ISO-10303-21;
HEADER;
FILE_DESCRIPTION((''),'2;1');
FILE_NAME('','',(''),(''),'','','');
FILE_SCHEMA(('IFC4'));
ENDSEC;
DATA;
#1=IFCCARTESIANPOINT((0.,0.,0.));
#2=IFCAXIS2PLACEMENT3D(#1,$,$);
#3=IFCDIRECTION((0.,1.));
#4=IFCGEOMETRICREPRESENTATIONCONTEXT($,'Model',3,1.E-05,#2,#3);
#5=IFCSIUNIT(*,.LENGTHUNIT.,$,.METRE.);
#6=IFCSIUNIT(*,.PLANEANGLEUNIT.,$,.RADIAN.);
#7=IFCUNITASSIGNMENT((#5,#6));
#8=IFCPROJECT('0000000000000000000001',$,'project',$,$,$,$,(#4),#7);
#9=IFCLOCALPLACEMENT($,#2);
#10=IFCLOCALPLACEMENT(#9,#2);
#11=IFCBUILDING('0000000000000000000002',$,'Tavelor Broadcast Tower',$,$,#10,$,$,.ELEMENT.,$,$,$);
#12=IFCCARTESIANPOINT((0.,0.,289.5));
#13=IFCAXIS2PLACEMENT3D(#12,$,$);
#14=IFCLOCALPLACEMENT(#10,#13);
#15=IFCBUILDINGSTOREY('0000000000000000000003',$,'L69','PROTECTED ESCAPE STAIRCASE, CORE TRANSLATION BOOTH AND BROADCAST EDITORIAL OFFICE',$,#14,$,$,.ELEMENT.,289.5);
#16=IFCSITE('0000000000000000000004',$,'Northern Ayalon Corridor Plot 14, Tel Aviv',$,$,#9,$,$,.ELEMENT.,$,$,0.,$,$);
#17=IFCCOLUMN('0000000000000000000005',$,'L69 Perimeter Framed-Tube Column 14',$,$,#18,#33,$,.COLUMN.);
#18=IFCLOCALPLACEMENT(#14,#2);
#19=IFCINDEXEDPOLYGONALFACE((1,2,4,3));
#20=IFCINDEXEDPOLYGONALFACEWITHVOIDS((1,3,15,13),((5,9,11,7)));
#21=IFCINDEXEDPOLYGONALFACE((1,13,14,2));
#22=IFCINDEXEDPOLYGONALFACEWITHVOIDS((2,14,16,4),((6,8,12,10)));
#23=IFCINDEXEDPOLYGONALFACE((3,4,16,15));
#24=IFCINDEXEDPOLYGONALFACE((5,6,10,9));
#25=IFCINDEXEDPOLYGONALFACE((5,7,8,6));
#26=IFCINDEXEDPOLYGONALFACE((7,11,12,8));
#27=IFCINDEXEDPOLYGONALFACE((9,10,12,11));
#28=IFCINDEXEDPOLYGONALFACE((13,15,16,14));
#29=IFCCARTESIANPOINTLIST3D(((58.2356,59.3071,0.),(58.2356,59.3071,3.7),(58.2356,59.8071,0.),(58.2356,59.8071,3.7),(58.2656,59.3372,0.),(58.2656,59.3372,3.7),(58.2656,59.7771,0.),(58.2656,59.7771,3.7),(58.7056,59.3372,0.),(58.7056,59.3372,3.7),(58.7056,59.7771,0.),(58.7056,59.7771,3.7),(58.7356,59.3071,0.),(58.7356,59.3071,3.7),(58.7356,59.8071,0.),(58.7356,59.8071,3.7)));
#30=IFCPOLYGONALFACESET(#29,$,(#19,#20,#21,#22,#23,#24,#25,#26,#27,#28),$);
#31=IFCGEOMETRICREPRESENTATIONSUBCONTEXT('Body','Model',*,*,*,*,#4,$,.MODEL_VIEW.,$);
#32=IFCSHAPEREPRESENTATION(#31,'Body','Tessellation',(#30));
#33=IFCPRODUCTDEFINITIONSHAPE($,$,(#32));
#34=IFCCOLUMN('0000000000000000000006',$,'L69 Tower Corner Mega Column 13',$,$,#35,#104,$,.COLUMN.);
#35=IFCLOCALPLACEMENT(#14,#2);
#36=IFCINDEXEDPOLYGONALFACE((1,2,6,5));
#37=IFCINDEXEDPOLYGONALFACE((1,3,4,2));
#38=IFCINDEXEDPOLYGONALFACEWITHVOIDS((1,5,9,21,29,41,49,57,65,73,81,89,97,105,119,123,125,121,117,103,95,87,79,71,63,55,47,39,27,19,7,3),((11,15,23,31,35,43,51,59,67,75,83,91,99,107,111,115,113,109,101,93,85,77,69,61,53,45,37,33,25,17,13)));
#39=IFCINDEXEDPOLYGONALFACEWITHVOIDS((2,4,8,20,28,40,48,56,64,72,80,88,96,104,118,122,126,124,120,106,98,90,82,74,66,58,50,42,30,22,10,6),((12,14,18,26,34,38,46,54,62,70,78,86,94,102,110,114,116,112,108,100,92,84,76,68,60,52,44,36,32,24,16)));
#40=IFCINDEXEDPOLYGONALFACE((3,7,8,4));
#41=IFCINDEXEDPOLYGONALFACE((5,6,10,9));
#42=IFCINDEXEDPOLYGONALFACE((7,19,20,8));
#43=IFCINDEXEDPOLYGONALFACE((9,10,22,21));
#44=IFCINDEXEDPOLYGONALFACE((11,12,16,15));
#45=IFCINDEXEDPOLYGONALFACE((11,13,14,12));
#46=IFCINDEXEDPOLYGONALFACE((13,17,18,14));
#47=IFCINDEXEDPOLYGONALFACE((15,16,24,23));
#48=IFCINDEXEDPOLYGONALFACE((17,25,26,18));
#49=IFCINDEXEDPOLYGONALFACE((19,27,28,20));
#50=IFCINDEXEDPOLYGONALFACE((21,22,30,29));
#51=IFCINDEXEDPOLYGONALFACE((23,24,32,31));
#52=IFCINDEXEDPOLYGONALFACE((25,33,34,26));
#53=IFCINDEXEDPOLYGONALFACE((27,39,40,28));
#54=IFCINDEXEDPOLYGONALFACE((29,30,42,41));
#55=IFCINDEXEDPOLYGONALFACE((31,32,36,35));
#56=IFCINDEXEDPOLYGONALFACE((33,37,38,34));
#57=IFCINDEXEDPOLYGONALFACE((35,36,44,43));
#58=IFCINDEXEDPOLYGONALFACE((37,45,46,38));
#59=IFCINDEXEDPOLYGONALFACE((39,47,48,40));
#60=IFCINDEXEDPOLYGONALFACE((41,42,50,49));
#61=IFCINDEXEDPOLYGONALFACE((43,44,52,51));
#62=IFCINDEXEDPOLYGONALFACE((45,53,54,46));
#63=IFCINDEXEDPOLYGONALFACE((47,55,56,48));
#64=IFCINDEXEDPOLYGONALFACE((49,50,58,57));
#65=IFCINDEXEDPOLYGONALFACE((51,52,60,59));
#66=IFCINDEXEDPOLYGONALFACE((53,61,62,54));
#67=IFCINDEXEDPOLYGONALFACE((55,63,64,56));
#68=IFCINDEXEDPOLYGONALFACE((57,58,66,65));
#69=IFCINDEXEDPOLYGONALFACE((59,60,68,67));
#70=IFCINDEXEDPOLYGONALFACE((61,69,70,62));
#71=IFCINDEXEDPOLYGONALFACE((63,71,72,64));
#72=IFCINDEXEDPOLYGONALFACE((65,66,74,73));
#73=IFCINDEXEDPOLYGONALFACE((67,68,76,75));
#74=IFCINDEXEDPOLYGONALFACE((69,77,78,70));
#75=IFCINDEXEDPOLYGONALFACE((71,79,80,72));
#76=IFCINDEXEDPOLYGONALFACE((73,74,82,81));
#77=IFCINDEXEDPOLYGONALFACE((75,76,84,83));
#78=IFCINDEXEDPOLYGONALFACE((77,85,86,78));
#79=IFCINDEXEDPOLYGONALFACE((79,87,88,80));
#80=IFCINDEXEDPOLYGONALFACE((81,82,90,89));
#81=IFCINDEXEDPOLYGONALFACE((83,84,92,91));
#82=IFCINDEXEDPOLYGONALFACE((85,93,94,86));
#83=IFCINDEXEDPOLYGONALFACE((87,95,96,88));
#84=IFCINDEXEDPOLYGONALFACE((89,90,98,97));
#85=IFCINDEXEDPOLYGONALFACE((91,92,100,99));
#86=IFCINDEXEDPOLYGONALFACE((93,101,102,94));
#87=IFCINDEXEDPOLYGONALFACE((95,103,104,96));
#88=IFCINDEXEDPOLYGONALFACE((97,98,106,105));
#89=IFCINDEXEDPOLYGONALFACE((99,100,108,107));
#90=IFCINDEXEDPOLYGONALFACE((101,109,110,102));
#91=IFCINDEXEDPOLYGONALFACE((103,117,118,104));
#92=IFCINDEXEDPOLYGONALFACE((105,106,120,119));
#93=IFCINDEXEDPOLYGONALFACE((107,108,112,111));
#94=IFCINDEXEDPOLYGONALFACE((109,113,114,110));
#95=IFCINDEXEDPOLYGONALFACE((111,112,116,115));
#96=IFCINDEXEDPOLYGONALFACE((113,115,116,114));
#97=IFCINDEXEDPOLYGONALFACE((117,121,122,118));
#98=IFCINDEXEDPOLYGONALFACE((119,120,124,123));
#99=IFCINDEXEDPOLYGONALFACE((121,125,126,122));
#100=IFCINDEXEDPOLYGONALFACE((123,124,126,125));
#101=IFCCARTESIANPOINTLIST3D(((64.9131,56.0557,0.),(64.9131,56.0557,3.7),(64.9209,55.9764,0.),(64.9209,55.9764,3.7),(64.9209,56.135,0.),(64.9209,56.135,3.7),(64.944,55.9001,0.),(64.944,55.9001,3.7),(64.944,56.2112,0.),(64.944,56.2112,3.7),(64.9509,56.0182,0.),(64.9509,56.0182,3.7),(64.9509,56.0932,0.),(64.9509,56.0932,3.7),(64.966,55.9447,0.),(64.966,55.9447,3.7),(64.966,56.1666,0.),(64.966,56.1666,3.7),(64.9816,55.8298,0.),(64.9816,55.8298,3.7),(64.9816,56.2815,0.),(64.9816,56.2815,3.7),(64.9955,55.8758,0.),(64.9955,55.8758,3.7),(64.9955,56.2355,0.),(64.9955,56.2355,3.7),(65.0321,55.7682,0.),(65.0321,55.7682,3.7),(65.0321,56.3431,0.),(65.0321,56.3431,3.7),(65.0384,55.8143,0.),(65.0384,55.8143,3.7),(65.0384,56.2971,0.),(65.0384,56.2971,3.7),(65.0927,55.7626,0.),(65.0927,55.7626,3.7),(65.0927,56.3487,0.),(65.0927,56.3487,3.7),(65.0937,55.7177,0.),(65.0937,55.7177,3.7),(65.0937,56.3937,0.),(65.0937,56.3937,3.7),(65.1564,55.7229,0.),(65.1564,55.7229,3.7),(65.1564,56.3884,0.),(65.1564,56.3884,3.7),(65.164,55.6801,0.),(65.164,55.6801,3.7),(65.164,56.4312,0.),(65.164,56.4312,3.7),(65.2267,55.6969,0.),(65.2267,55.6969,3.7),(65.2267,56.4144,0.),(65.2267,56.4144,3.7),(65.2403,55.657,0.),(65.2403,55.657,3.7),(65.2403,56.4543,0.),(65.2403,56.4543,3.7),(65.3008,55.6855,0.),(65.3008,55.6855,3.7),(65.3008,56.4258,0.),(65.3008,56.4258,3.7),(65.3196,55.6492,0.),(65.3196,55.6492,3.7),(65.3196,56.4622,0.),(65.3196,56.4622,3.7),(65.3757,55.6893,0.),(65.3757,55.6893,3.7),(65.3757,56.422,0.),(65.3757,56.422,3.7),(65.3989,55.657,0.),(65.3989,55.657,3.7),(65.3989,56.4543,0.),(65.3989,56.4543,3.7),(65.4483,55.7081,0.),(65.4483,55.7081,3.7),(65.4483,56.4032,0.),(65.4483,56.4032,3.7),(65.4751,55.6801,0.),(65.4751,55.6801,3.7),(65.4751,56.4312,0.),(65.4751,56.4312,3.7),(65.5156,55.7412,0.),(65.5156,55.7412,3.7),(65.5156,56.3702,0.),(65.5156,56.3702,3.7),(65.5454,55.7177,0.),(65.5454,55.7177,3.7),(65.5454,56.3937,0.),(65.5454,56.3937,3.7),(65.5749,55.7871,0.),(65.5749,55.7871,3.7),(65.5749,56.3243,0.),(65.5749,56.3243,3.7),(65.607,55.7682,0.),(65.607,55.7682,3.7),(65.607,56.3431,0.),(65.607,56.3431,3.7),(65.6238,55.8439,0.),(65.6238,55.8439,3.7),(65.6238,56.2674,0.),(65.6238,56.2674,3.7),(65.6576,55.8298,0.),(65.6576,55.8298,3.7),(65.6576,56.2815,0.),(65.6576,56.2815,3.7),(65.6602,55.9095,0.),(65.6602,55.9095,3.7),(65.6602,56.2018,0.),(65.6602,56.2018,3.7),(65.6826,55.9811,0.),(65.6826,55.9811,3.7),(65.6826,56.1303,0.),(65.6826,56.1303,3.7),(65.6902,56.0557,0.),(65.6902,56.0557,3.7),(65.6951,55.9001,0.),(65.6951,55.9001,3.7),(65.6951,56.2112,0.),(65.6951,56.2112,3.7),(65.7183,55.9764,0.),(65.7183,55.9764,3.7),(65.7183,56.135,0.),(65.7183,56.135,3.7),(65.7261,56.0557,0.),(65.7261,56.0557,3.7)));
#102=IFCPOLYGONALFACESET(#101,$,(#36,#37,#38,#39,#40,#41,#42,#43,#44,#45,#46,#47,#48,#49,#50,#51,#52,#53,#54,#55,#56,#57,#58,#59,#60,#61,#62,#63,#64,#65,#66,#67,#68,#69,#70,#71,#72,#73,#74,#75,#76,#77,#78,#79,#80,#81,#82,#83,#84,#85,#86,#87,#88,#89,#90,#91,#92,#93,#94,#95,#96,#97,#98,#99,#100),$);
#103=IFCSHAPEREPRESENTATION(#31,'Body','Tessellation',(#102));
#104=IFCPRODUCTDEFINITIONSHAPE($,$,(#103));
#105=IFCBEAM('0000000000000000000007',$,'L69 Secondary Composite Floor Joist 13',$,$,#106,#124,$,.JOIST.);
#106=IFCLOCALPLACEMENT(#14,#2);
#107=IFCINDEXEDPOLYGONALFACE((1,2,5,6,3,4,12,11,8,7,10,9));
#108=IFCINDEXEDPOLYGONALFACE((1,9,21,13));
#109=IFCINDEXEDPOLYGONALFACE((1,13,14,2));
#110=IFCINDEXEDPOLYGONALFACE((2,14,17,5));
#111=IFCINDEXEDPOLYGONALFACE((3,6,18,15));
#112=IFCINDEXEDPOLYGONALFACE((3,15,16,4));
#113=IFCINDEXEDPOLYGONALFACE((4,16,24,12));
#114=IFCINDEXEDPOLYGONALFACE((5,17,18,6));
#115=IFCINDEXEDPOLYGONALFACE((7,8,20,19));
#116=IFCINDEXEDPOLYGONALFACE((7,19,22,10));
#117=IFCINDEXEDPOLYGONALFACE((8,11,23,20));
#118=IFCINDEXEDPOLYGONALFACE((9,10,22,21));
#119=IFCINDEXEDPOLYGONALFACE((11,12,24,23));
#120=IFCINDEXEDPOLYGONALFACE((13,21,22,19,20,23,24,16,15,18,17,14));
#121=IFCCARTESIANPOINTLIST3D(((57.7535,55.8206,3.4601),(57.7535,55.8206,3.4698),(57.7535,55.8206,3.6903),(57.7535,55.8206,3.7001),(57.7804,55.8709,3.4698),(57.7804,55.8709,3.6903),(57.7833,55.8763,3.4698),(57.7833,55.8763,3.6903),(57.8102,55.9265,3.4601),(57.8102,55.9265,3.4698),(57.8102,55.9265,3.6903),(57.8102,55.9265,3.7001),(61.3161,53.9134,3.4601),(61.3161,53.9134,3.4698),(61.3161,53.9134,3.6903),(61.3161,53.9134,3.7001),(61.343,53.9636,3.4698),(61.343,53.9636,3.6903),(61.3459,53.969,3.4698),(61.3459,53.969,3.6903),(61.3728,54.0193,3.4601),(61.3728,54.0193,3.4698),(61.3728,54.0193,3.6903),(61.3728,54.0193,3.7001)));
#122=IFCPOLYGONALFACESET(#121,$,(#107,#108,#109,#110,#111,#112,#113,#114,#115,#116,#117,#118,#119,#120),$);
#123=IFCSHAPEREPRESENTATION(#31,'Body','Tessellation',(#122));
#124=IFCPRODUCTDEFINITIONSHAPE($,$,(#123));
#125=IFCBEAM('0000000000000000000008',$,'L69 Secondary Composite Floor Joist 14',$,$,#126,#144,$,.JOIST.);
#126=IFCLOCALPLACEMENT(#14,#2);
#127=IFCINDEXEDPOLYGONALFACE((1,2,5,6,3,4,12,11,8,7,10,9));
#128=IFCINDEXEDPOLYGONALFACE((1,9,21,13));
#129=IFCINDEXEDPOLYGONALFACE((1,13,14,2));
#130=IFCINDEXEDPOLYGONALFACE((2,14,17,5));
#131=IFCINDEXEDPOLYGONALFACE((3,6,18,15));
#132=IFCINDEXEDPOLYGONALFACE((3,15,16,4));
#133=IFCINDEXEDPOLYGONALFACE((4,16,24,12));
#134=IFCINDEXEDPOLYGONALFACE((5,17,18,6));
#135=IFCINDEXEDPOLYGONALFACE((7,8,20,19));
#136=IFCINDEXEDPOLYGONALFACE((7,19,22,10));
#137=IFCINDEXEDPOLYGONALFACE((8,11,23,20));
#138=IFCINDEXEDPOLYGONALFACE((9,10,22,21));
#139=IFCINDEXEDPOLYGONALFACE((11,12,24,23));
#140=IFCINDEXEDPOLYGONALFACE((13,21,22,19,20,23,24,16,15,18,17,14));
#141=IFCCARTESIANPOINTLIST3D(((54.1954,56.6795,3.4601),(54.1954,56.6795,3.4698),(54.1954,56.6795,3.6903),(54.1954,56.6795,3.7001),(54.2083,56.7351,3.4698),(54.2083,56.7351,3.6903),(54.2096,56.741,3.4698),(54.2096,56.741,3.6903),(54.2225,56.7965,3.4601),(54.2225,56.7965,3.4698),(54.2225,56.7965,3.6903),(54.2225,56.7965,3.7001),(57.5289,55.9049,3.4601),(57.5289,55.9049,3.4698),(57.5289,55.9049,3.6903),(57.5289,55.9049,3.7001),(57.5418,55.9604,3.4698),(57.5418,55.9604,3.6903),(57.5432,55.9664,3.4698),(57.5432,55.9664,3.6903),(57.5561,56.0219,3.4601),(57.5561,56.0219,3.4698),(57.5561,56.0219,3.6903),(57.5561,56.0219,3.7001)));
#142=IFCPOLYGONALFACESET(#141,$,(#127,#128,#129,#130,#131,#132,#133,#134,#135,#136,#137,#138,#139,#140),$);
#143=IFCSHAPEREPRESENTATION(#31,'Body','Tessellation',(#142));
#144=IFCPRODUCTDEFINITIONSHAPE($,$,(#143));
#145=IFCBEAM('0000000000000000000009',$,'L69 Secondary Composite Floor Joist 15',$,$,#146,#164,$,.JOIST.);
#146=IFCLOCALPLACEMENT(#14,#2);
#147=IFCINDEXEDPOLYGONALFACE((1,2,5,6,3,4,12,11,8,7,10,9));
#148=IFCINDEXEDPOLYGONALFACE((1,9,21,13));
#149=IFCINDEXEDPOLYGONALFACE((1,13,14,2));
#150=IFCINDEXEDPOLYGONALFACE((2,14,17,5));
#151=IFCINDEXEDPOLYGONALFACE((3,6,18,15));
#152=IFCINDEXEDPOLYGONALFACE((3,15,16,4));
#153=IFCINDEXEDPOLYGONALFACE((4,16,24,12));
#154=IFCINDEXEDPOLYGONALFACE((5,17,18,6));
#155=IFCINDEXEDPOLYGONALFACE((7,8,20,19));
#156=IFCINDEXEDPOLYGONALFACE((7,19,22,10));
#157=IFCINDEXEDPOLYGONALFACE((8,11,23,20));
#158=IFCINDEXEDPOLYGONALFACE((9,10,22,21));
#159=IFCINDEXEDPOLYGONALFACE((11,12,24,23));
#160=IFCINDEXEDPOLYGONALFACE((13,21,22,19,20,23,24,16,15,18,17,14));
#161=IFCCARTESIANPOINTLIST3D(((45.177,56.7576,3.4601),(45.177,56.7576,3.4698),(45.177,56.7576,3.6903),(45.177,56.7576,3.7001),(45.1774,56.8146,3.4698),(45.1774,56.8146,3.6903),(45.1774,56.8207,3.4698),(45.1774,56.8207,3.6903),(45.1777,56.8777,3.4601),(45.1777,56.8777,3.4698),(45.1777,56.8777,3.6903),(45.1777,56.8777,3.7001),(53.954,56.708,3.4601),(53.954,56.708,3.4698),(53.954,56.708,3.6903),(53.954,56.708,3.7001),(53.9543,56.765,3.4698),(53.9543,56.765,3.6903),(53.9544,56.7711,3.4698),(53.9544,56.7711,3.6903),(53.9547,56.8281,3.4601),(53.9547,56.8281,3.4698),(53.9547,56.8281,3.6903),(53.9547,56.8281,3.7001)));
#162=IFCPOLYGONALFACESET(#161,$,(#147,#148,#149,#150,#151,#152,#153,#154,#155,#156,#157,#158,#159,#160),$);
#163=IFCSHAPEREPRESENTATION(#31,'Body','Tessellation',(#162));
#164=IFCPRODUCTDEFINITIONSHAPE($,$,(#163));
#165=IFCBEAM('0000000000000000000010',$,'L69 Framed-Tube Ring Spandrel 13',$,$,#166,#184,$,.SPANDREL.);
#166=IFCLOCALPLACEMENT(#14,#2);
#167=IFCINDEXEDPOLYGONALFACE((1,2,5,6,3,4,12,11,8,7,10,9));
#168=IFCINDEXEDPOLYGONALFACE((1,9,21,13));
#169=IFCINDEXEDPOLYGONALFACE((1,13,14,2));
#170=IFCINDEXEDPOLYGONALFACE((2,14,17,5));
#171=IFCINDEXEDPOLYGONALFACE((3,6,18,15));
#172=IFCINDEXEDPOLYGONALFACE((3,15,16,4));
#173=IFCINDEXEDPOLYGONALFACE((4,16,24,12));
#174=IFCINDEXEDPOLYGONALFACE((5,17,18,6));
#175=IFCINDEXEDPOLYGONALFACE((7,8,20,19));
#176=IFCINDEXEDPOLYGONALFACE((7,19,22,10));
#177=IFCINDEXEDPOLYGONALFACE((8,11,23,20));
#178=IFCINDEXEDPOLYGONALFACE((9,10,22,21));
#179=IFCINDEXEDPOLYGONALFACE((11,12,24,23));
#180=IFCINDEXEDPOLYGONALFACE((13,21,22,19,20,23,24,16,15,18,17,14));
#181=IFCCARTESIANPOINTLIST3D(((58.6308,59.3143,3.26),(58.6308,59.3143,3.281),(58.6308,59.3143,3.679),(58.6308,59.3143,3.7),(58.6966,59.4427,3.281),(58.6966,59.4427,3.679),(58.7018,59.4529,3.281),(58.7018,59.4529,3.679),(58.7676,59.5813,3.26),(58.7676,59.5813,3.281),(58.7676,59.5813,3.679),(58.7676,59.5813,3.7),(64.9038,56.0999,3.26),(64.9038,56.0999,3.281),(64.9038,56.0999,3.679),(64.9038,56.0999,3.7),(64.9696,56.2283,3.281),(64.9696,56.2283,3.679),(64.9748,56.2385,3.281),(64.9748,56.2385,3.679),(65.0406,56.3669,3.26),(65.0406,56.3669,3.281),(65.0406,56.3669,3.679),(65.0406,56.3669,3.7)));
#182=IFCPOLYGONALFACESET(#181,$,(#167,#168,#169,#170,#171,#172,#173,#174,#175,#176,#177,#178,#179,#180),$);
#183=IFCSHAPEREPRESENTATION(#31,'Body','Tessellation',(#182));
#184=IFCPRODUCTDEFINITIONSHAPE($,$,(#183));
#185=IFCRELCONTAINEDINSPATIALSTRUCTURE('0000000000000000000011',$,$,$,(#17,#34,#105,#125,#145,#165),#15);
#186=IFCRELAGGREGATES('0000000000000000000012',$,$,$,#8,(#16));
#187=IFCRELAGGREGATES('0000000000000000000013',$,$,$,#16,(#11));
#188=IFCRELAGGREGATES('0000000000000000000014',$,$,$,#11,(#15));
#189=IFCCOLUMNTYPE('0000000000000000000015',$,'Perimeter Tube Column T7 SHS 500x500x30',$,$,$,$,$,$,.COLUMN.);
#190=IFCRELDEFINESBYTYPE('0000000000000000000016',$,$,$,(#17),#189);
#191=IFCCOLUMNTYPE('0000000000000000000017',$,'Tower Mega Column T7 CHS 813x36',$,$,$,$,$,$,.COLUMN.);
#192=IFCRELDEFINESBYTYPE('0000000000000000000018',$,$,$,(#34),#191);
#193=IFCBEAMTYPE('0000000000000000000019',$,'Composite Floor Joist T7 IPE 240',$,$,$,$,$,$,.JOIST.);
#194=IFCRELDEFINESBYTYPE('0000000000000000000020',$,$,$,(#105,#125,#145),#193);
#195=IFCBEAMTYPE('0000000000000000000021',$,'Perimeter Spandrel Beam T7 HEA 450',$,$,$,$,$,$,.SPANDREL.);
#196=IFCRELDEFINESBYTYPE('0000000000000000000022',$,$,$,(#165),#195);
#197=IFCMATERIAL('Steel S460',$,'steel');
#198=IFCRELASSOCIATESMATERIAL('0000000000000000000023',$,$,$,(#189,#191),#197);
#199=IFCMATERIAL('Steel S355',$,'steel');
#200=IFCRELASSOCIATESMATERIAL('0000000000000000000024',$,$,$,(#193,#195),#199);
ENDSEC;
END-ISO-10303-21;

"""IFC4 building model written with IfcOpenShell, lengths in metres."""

from ifc_helpers import new_model, si_unit, direction, frame, origin, origin_2d, place, context, subcontext, project, spatial, hollow_rectangle, hollow_circle, i_section, extrude, material, material_profile, profile_set, type_object, element, save


model = new_model("IFC4")

# Units and contexts
model_context = context("Model", 3, precision=1e-05, world=origin(), true_north=direction((0.0, 1.0)))
body_context = subcontext(model_context, "Body", "Model", "MODEL_VIEW")
ifc_project = project(units=[si_unit("LENGTHUNIT", "METRE"), si_unit("PLANEANGLEUNIT", "RADIAN")], contexts=[model_context])

# Site, building, storey
site_placement = place(None, origin())
site = spatial("IfcSite", under=ifc_project, at=site_placement, Name="Northern Ayalon Corridor Plot 14, Tel Aviv", CompositionType="ELEMENT", RefElevation=0.0)
building_placement = place(site_placement, origin())
building = spatial("IfcBuilding", under=site, at=building_placement, Name="Tavelor Broadcast Tower", CompositionType="ELEMENT")
storey_placement = place(building_placement, frame((0.0, 0.0, 289.5)))
storey = spatial("IfcBuildingStorey", under=building, at=storey_placement, Name="L69", Description="PROTECTED ESCAPE STAIRCASE, CORE TRANSLATION BOOTH AND BROADCAST EDITORIAL OFFICE", CompositionType="ELEMENT", Elevation=289.5)

# Columns
ifc_material_1 = material(Name="Steel S460", Category="steel")
ifc_material_profile_1 = material_profile(ifc_material_1, hollow_rectangle(XDim=0.5, YDim=0.5, WallThickness=0.03, at=origin_2d()), Name="SHS 500x500x30")
ifc_profile_set_1 = profile_set([ifc_material_profile_1], Name="Steel S460")
column_type_1 = type_object("IfcColumnType", Name="Perimeter Tube Column T7 SHS 500x500x30", PredefinedType="COLUMN", material=ifc_profile_set_1)
column_1_placement = place(storey_placement, frame((58.4856, 59.5571, 0.0), z_axis=(0.0, 0.0, 1.0), x_axis=(1.0, 0.0, 0.0)))
element("IfcColumn", 1, at=column_1_placement, inside=storey, type_object=column_type_1, Name="L69 Perimeter Framed-Tube Column 14", PredefinedType="COLUMN", context=body_context, shape_type="SweptSolid", body=[
    extrude(hollow_rectangle(XDim=0.5, YDim=0.5, WallThickness=0.03, at=origin_2d()), origin(), (0.0, 0.0, 1.0), 3.7),
])
ifc_material_profile_2 = material_profile(ifc_material_1, hollow_circle(Radius=0.4065, WallThickness=0.0359, at=origin_2d()), Name="CHS 813x36")
ifc_profile_set_2 = profile_set([ifc_material_profile_2], Name="Steel S460")
column_type_2 = type_object("IfcColumnType", Name="Tower Mega Column T7 CHS 813x36", PredefinedType="COLUMN", material=ifc_profile_set_2)
column_2_placement = place(storey_placement, frame((65.3196, 56.0557, 0.0), z_axis=(0.0, 0.0, 1.0), x_axis=(1.0, 0.0, 0.0)))
element("IfcColumn", 2, at=column_2_placement, inside=storey, type_object=column_type_2, Name="L69 Tower Corner Mega Column 13", PredefinedType="COLUMN", context=body_context, shape_type="SweptSolid", body=[
    extrude(hollow_circle(Radius=0.4065, WallThickness=0.0359, at=origin_2d()), origin(), (0.0, 0.0, 1.0), 3.7),
])

# Beams
ifc_material_2 = material(Name="Steel S355", Category="steel")
ifc_material_profile_3 = material_profile(ifc_material_2, i_section(OverallWidth=0.1201, OverallDepth=0.24, WebThickness=0.0061, FlangeThickness=0.0098, at=origin_2d()), Name="IPE 240")
ifc_profile_set_3 = profile_set([ifc_material_profile_3], Name="Steel S355")
beam_type_1 = type_object("IfcBeamType", Name="Composite Floor Joist T7 IPE 240", PredefinedType="JOIST", material=ifc_profile_set_3)
beam_1_placement = place(storey_placement, frame((61.3445, 53.9663, 3.5801), z_axis=(-0.881609, 0.47198, 0.0), x_axis=(-0.47198, -0.881609, 0.0)))
element("IfcBeam", 3, at=beam_1_placement, inside=storey, type_object=beam_type_1, Name="L69 Secondary Composite Floor Joist 13", PredefinedType="JOIST", context=body_context, shape_type="SweptSolid", body=[
    extrude(i_section(OverallWidth=0.1201, OverallDepth=0.24, WebThickness=0.0061, FlangeThickness=0.0098, at=origin_2d()), origin(), (0.0, 0.0, 1.0), 4.041),
])
beam_2_placement = place(storey_placement, frame((57.5425, 55.9634, 3.5801), z_axis=(-0.974045, 0.226355, 0.0), x_axis=(-0.226355, -0.974045, 0.0)))
element("IfcBeam", 4, at=beam_2_placement, inside=storey, type_object=beam_type_1, Name="L69 Secondary Composite Floor Joist 14", PredefinedType="JOIST", context=body_context, shape_type="SweptSolid", body=[
    extrude(i_section(OverallWidth=0.1201, OverallDepth=0.24, WebThickness=0.0061, FlangeThickness=0.0098, at=origin_2d()), origin(), (0.0, 0.0, 1.0), 3.4224),
])
beam_3_placement = place(storey_placement, frame((53.9543, 56.7681, 3.5801), z_axis=(-0.999984, 0.005647, 0.0), x_axis=(-0.005647, -0.999984, 0.0)))
element("IfcBeam", 5, at=beam_3_placement, inside=storey, type_object=beam_type_1, Name="L69 Secondary Composite Floor Joist 15", PredefinedType="JOIST", context=body_context, shape_type="SweptSolid", body=[
    extrude(i_section(OverallWidth=0.1201, OverallDepth=0.24, WebThickness=0.0061, FlangeThickness=0.0098, at=origin_2d()), origin(), (0.0, 0.0, 1.0), 8.7771),
])
ifc_material_profile_4 = material_profile(ifc_material_2, i_section(OverallWidth=0.3, OverallDepth=0.4399, WebThickness=0.0115, FlangeThickness=0.021, at=origin_2d()), Name="HEA 450")
ifc_profile_set_4 = profile_set([ifc_material_profile_4], Name="Steel S355")
beam_type_2 = type_object("IfcBeamType", Name="Perimeter Spandrel Beam T7 HEA 450", PredefinedType="SPANDREL", material=ifc_profile_set_4)
beam_4_placement = place(storey_placement, frame((64.9722, 56.2334, 3.48), z_axis=(-0.889964, 0.456031, 0.0), x_axis=(-0.456031, -0.889964, 0.0)))
element("IfcBeam", 6, at=beam_4_placement, inside=storey, type_object=beam_type_2, Name="L69 Framed-Tube Ring Spandrel 13", PredefinedType="SPANDREL", context=body_context, shape_type="SweptSolid", body=[
    extrude(i_section(OverallWidth=0.3, OverallDepth=0.4399, WebThickness=0.0115, FlangeThickness=0.021, at=origin_2d()), origin(), (0.0, 0.0, 1.0), 7.0486),
])

save(model, "model.ifc")
